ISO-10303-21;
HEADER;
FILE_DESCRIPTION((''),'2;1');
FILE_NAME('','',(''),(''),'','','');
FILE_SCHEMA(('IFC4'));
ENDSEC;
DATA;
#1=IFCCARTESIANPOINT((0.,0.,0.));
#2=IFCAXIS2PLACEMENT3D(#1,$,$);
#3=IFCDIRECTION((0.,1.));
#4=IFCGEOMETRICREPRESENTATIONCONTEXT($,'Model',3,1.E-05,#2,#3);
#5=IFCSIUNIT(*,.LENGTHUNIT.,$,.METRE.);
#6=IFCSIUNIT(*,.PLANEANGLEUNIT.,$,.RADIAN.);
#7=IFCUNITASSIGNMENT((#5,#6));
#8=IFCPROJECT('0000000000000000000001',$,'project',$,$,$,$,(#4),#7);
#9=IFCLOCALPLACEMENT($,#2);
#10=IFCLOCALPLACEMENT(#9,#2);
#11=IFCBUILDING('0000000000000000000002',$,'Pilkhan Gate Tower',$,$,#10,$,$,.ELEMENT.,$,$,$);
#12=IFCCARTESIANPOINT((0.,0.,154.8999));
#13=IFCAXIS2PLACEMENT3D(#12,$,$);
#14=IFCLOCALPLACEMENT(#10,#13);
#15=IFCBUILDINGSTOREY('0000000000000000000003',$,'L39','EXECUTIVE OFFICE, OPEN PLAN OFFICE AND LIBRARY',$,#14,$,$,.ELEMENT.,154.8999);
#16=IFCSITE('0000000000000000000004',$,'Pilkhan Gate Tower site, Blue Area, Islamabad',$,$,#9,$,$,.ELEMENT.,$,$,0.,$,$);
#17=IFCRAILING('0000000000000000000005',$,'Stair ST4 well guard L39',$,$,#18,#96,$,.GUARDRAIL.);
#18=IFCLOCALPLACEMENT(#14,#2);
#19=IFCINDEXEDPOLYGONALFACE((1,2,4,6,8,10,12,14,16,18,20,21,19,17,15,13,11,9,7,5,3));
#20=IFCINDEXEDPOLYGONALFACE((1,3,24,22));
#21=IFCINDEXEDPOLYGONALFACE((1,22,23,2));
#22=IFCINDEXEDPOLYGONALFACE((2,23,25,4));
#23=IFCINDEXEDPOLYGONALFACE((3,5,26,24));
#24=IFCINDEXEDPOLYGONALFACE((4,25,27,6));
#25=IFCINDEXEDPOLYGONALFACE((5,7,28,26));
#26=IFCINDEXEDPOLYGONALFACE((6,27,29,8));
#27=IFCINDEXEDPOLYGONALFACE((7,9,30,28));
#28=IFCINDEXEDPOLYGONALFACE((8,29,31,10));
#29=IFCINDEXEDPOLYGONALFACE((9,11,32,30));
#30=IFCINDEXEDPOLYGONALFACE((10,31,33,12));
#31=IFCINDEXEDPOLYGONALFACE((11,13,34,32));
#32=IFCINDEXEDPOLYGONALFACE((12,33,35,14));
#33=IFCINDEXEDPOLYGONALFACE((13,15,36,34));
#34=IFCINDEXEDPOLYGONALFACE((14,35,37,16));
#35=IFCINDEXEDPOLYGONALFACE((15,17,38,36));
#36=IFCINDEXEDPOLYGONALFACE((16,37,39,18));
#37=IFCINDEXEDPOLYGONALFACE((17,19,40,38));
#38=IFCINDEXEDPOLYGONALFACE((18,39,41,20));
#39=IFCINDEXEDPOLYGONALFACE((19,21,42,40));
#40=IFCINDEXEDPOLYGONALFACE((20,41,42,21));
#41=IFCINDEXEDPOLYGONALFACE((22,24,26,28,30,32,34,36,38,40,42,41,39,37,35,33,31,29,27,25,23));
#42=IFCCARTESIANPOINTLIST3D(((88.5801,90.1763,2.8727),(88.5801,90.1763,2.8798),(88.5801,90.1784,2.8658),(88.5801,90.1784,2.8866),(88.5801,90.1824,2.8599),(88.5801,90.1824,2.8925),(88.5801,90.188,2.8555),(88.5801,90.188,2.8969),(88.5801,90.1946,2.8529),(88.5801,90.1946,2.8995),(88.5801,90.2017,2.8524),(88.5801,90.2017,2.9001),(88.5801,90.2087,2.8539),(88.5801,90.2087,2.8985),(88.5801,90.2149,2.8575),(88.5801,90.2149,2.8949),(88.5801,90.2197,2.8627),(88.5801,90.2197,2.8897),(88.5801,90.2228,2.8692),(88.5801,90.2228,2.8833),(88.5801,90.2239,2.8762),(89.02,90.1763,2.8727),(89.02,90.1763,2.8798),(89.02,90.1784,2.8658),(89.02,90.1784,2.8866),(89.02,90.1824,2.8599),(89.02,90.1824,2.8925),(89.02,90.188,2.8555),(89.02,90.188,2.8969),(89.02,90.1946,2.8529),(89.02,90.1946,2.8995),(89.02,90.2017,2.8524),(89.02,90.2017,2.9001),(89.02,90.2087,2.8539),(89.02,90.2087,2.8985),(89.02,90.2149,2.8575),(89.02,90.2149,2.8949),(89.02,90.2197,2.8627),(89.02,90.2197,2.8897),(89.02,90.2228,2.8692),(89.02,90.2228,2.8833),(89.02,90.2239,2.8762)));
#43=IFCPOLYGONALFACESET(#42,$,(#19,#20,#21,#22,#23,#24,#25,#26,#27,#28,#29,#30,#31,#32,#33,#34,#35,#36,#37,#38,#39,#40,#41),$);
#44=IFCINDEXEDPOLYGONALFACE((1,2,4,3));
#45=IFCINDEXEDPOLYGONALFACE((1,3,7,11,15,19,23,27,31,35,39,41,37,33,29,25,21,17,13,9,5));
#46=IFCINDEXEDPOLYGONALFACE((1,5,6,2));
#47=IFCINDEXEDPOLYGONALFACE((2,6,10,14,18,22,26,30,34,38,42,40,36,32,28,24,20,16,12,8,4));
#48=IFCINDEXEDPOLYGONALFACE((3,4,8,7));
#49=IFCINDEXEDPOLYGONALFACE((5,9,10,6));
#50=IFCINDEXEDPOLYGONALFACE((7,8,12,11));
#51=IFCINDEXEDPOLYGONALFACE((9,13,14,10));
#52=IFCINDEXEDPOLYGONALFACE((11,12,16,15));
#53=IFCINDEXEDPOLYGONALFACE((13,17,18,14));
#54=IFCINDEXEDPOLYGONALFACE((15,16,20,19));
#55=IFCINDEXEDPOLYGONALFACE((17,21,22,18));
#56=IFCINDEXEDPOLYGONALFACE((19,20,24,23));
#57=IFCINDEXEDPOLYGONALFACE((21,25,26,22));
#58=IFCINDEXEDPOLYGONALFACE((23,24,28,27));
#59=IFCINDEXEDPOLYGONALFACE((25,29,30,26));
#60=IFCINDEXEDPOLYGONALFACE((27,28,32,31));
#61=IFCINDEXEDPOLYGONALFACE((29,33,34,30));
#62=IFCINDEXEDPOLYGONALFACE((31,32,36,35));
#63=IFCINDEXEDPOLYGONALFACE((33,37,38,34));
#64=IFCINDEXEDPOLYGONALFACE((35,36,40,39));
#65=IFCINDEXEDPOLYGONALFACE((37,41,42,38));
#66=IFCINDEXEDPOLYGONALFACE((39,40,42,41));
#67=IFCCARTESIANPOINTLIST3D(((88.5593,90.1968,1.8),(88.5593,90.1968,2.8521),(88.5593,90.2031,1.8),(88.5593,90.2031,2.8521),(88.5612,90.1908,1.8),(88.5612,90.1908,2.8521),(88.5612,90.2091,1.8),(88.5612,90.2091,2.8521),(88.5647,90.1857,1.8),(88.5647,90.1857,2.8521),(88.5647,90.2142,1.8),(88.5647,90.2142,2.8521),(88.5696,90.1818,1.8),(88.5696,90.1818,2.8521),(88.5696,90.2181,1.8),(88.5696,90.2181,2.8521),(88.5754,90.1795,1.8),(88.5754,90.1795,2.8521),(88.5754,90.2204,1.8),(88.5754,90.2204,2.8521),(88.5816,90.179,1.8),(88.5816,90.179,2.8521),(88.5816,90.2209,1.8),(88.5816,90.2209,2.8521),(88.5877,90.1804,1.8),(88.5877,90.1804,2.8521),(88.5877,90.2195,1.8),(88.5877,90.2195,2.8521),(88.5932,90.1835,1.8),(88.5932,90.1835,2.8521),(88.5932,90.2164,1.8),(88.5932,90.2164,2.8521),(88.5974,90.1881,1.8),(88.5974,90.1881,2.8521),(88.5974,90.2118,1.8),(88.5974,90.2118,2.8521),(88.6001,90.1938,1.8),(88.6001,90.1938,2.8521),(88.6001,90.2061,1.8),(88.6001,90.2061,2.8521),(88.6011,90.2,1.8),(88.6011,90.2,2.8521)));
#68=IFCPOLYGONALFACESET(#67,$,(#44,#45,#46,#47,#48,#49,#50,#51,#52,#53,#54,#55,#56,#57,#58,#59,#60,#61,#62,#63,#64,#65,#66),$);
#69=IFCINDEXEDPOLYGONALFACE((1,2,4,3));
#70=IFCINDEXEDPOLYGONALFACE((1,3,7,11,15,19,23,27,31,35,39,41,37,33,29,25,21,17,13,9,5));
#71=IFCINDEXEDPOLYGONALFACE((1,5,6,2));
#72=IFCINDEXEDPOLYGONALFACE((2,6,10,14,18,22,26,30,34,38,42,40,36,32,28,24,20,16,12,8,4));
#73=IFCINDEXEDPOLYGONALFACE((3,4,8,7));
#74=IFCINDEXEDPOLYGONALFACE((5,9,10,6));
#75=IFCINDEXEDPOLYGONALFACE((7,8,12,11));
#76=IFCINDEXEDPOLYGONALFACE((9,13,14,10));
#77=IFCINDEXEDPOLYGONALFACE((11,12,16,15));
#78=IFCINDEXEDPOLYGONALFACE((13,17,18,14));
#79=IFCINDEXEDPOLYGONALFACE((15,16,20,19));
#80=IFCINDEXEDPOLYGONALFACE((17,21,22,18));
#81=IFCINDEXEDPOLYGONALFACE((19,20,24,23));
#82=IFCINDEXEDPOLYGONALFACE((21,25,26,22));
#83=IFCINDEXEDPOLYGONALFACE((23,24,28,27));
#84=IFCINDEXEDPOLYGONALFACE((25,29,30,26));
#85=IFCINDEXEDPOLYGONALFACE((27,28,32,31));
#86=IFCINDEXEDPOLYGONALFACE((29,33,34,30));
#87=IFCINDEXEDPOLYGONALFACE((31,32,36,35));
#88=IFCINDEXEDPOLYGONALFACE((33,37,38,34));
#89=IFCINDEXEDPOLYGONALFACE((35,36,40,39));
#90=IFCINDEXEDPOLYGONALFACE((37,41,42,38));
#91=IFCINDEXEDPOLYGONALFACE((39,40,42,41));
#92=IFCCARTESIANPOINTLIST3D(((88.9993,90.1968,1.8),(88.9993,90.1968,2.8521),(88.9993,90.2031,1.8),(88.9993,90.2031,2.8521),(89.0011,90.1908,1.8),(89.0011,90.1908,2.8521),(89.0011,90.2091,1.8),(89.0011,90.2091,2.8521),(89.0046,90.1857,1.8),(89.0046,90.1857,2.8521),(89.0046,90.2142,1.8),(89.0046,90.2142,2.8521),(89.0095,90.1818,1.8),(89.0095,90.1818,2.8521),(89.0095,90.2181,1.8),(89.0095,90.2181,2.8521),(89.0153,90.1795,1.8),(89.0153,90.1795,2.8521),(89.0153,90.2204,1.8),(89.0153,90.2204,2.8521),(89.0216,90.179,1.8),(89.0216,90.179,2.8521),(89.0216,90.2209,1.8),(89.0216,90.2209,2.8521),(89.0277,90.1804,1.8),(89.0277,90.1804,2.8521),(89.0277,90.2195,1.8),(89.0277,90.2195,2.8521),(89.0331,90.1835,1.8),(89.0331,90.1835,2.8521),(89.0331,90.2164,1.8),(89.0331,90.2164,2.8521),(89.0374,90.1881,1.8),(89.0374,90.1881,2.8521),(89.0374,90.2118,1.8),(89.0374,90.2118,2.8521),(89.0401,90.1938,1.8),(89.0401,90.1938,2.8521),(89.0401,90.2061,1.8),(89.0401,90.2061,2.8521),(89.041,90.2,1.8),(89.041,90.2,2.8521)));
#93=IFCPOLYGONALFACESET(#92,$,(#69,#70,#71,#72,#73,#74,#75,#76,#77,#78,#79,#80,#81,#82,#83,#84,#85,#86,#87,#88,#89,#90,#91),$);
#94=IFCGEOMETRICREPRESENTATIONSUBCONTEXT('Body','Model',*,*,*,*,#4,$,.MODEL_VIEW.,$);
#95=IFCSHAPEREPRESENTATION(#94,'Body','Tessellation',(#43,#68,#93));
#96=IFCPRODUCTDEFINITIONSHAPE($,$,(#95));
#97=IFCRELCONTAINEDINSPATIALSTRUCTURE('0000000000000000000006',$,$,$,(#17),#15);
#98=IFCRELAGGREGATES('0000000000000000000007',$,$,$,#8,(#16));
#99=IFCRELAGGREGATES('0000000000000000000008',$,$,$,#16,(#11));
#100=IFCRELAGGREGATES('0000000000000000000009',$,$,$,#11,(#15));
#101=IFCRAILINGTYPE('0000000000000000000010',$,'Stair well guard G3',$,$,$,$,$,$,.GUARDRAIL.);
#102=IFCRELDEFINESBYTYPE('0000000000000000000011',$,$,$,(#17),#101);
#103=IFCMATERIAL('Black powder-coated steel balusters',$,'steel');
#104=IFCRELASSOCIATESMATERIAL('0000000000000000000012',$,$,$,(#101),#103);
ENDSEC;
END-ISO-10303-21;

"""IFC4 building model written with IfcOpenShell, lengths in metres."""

from ifc_helpers import new_model, si_unit, direction, frame, origin, origin_2d, place, context, subcontext, project, spatial, circle, extrude, material, type_object, element, save


model = new_model("IFC4")

# Units and contexts
model_context = context("Model", 3, precision=1e-05, world=origin(), true_north=direction((0.0, 1.0)))
body_context = subcontext(model_context, "Body", "Model", "MODEL_VIEW")
ifc_project = project(units=[si_unit("LENGTHUNIT", "METRE"), si_unit("PLANEANGLEUNIT", "RADIAN")], contexts=[model_context])

# Site, building, storey
site_placement = place(None, origin())
site = spatial("IfcSite", under=ifc_project, at=site_placement, Name="Pilkhan Gate Tower site, Blue Area, Islamabad", CompositionType="ELEMENT", RefElevation=0.0)
building_placement = place(site_placement, origin())
building = spatial("IfcBuilding", under=site, at=building_placement, Name="Pilkhan Gate Tower", CompositionType="ELEMENT")
storey_placement = place(building_placement, frame((0.0, 0.0, 154.8999)))
storey = spatial("IfcBuildingStorey", under=building, at=storey_placement, Name="L39", Description="EXECUTIVE OFFICE, OPEN PLAN OFFICE AND LIBRARY", CompositionType="ELEMENT", Elevation=154.8999)

# Railing
ifc_material_1 = material(Name="Black powder-coated steel balusters", Category="steel")
railing_type = type_object("IfcRailingType", Name="Stair well guard G3", PredefinedType="GUARDRAIL", material=ifc_material_1)
for number, where, name in (
    (1, (88.5801, 90.2, 1.8), "Stair ST4 well guard L39"),
):
    element("IfcRailing", number, at=place(storey_placement, frame(where)), inside=storey, type_object=railing_type, Name=name, PredefinedType="GUARDRAIL", context=body_context, shape_type="SweptSolid", body=[
        extrude(circle(Radius=0.0239, at=origin_2d()), frame((0.0, 0.0, 1.0762), z_axis=(1.0, 0.0, 0.0), x_axis=(0.0, 1.0, 0.0)), (0.0, 0.0, 1.0), 0.4399),
        extrude(circle(Radius=0.021, at=origin_2d()), origin(), (0.0, 0.0, 1.0), 1.052),
        extrude(circle(Radius=0.021, at=origin_2d()), frame((0.4399, 0.0, 0.0)), (0.0, 0.0, 1.0), 1.052),
    ])

save(model, "model.ifc")
